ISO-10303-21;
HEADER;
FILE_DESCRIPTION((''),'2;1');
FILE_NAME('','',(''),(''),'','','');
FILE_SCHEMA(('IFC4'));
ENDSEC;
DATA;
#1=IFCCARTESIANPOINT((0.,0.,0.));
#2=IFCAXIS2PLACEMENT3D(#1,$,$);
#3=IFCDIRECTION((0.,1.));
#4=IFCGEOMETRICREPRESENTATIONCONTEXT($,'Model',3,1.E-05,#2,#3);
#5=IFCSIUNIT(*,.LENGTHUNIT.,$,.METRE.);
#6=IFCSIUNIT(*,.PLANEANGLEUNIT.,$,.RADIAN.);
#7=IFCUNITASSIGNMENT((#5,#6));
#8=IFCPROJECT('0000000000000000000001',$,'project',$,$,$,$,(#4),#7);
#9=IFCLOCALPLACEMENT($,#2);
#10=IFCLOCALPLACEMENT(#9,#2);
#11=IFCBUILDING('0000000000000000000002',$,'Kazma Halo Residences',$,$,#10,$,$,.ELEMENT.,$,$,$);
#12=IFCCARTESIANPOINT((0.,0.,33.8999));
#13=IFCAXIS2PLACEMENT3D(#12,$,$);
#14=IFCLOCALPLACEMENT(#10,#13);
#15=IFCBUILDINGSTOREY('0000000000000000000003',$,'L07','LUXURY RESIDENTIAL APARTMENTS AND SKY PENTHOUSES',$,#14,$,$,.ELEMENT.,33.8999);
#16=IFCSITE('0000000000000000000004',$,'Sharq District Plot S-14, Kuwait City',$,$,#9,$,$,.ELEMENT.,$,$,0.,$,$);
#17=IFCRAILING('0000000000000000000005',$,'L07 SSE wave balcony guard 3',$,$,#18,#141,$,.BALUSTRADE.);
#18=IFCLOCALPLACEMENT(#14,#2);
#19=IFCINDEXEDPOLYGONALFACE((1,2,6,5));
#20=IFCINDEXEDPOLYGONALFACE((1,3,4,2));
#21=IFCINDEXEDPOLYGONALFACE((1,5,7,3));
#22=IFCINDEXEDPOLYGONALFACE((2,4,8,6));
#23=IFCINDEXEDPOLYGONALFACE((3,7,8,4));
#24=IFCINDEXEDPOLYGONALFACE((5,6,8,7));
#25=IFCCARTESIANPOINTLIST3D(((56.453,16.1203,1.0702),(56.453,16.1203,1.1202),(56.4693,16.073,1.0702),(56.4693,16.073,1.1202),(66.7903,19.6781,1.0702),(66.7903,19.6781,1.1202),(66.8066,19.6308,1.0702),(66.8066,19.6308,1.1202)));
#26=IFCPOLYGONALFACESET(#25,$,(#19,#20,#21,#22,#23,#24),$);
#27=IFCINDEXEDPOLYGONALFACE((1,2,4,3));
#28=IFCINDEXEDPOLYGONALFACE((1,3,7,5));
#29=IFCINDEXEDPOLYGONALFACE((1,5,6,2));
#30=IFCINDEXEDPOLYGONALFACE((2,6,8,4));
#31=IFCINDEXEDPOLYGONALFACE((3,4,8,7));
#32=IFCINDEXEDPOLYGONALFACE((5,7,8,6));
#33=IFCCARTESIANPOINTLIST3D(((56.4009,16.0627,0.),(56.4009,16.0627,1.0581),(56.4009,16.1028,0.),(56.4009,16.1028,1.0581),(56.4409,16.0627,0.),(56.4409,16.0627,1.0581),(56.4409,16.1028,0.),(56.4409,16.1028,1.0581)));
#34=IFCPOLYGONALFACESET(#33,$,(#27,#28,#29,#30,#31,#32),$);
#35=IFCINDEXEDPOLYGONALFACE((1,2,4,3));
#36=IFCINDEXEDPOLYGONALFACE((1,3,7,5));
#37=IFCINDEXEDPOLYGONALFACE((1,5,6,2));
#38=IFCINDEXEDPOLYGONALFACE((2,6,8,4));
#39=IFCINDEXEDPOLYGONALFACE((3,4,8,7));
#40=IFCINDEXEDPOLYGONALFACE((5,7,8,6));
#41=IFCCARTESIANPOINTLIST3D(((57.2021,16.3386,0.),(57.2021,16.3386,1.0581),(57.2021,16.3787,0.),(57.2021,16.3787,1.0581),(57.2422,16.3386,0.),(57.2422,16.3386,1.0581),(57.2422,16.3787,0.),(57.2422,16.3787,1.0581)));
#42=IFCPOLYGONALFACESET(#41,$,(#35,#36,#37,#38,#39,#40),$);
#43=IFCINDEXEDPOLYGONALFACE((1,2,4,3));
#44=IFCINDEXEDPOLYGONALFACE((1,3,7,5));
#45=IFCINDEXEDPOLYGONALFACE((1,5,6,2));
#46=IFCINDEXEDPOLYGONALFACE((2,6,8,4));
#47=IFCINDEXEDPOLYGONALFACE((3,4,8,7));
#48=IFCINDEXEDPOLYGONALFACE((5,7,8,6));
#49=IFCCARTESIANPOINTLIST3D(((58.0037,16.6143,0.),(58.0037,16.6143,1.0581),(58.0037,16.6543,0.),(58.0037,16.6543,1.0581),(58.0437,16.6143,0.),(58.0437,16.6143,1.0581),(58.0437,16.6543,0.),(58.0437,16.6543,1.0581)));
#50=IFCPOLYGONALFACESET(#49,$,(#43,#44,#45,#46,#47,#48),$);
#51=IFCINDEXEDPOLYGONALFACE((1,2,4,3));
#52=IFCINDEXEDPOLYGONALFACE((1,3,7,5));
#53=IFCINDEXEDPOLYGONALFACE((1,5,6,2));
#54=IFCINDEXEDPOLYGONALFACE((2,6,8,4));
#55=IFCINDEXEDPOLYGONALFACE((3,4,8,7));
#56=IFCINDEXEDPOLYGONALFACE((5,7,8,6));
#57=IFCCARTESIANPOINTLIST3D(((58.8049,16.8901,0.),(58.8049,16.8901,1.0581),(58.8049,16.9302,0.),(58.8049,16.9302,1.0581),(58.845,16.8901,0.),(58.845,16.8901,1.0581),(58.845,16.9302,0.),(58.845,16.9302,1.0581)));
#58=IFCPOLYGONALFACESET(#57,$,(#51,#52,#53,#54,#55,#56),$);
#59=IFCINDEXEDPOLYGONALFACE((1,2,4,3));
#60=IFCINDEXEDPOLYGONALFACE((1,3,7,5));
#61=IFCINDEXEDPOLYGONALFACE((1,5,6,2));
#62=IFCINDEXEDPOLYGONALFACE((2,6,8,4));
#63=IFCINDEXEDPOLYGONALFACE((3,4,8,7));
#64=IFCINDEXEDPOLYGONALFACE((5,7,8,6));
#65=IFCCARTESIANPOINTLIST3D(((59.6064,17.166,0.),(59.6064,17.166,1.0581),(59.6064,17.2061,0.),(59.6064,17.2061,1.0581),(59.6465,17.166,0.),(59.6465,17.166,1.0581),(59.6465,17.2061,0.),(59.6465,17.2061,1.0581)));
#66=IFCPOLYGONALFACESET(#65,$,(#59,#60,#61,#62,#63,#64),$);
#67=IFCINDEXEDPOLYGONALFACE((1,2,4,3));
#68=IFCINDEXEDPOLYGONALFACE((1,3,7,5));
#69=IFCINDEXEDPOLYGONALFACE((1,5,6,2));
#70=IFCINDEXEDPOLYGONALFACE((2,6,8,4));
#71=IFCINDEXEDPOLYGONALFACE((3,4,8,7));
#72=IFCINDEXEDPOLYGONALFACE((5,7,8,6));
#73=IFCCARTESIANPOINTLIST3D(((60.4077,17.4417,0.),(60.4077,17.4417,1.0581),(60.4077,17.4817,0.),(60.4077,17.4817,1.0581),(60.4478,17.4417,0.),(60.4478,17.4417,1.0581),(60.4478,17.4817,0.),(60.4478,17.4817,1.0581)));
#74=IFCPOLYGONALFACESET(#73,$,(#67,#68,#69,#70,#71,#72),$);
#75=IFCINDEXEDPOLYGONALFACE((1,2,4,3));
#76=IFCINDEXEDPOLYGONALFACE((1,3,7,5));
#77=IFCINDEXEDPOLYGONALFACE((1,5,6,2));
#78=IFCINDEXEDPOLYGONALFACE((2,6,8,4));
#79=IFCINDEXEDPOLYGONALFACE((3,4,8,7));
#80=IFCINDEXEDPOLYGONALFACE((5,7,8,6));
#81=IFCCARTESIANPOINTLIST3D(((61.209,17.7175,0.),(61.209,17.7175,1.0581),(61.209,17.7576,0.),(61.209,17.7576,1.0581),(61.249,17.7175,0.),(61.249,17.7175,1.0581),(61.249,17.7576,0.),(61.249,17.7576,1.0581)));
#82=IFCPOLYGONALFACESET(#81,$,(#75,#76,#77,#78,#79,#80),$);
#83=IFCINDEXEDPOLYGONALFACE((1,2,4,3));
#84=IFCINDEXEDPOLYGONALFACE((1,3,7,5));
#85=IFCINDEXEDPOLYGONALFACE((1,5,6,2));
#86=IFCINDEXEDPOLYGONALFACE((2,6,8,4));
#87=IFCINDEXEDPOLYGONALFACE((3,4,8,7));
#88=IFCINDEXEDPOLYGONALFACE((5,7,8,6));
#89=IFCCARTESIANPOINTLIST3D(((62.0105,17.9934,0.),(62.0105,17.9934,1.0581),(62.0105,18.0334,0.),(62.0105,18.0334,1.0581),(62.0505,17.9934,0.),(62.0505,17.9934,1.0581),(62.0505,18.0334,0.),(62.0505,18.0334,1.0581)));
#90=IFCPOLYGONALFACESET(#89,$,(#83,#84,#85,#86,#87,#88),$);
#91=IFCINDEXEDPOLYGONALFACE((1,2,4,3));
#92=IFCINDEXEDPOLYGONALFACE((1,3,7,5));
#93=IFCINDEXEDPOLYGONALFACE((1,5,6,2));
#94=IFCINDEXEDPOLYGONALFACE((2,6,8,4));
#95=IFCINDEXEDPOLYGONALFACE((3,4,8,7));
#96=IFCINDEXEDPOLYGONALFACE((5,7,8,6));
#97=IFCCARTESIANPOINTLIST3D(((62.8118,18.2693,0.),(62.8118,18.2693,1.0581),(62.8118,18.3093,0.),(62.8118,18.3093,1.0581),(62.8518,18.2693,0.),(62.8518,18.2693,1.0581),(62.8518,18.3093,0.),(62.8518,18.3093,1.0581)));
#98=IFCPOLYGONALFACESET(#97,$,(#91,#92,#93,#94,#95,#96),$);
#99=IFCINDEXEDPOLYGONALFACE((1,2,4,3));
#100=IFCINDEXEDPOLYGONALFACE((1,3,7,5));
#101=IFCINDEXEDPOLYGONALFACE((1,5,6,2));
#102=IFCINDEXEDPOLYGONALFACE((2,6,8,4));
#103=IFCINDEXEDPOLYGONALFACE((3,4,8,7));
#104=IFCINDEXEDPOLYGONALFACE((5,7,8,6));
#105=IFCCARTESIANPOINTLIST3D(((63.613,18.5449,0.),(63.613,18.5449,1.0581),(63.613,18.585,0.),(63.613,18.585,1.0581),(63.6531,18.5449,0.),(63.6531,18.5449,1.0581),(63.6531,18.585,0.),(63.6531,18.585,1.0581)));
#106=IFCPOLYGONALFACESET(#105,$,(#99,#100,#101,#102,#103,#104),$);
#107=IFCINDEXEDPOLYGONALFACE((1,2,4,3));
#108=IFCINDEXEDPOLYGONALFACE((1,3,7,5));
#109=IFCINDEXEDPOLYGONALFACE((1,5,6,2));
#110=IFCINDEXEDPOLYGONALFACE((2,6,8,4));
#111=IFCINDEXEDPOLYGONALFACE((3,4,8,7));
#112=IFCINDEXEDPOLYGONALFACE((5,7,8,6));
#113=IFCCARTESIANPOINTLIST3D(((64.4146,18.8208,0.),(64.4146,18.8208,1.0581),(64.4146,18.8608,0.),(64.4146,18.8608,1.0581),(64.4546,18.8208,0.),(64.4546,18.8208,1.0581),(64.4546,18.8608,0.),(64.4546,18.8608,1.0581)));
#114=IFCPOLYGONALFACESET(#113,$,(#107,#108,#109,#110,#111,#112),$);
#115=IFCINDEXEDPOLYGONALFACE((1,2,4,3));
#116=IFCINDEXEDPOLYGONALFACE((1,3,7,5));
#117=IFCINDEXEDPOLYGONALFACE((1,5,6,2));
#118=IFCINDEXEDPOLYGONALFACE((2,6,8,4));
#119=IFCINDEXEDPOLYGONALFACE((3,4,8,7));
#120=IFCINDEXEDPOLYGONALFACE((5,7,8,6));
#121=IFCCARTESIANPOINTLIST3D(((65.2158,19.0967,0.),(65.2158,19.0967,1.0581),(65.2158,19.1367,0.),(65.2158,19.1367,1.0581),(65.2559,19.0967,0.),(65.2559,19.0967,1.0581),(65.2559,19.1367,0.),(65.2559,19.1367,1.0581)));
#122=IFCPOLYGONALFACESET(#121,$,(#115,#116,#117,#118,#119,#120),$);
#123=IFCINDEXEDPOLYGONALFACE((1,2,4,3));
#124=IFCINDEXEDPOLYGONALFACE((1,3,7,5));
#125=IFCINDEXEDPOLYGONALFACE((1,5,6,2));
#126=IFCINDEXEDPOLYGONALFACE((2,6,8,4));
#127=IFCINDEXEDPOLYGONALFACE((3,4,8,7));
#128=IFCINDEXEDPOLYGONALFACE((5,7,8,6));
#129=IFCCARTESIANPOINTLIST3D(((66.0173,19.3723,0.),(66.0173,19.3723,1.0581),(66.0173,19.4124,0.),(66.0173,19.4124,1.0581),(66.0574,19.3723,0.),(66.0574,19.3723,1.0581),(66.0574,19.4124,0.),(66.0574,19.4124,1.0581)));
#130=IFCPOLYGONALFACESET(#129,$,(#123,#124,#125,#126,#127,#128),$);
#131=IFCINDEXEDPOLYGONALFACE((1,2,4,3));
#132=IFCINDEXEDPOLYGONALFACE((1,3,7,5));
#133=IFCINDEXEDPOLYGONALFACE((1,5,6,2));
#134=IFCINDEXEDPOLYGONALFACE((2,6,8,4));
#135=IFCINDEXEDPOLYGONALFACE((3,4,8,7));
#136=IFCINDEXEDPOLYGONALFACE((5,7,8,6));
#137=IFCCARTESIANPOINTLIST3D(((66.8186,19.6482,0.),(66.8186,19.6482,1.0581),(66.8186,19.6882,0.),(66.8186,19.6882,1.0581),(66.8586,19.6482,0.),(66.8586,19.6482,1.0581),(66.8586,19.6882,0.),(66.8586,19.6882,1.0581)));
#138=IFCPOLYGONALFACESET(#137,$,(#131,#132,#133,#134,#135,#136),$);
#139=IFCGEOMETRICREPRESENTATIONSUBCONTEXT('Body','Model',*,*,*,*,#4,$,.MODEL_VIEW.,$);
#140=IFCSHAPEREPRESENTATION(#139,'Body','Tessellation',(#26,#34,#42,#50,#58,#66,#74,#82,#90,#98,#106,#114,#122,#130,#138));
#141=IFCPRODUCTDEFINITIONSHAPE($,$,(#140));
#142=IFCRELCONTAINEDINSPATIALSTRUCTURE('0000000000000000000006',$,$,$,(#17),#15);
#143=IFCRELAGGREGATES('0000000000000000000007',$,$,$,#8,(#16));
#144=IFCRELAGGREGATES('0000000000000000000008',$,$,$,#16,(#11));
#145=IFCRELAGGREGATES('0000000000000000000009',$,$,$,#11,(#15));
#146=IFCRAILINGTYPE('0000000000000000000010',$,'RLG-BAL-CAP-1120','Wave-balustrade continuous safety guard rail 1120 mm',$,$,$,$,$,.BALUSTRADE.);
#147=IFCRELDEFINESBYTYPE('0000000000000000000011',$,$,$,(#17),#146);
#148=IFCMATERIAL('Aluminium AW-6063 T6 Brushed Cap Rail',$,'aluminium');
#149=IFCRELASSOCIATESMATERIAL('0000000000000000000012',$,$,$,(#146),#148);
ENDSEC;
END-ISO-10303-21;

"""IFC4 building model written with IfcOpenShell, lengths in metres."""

from ifc_helpers import new_model, si_unit, direction, frame, origin, origin_2d, place, context, subcontext, project, spatial, rectangle, extrude, material, type_object, element, save


model = new_model("IFC4")

# Units and contexts
model_context = context("Model", 3, precision=1e-05, world=origin(), true_north=direction((0.0, 1.0)))
body_context = subcontext(model_context, "Body", "Model", "MODEL_VIEW")
ifc_project = project(units=[si_unit("LENGTHUNIT", "METRE"), si_unit("PLANEANGLEUNIT", "RADIAN")], contexts=[model_context])

# Site, building, storey
site_placement = place(None, origin())
site = spatial("IfcSite", under=ifc_project, at=site_placement, Name="Sharq District Plot S-14, Kuwait City", CompositionType="ELEMENT", RefElevation=0.0)
building_placement = place(site_placement, origin())
building = spatial("IfcBuilding", under=site, at=building_placement, Name="Kazma Halo Residences", CompositionType="ELEMENT")
storey_placement = place(building_placement, frame((0.0, 0.0, 33.8999)))
storey = spatial("IfcBuildingStorey", under=building, at=storey_placement, Name="L07", Description="LUXURY RESIDENTIAL APARTMENTS AND SKY PENTHOUSES", CompositionType="ELEMENT", Elevation=33.8999)

# Railing
ifc_material_1 = material(Name="Aluminium AW-6063 T6 Brushed Cap Rail", Category="aluminium")
railing_type = type_object("IfcRailingType", Name="RLG-BAL-CAP-1120", Description="Wave-balustrade continuous safety guard rail 1120 mm", PredefinedType="BALUSTRADE", material=ifc_material_1)
railing_placement = place(storey_placement, frame((56.4209, 16.0828, 0.0)))
element("IfcRailing", 1, at=railing_placement, inside=storey, type_object=railing_type, Name="L07 SSE wave balcony guard 3", PredefinedType="BALUSTRADE", context=body_context, shape_type="SweptSolid", body=[
    extrude(rectangle(XDim=0.05, YDim=0.05, at=origin_2d()), frame((0.0403, 0.0139, 1.0952), z_axis=(0.945565, 0.325433, 0.0), x_axis=(-0.325433, 0.945565, 0.0)), (0.0, 0.0, 1.0), 10.9324),
    extrude(rectangle(XDim=0.04, YDim=0.04, at=origin_2d()), origin(), (0.0, 0.0, 1.0), 1.0581),
    extrude(rectangle(XDim=0.04, YDim=0.04, at=origin_2d()), frame((0.8013, 0.2759, 0.0)), (0.0, 0.0, 1.0), 1.0581),
    extrude(rectangle(XDim=0.04, YDim=0.04, at=origin_2d()), frame((1.6028, 0.5515, 0.0)), (0.0, 0.0, 1.0), 1.0581),
    extrude(rectangle(XDim=0.04, YDim=0.04, at=origin_2d()), frame((2.4041, 0.8274, 0.0)), (0.0, 0.0, 1.0), 1.0581),
    extrude(rectangle(XDim=0.04, YDim=0.04, at=origin_2d()), frame((3.2056, 1.1033, 0.0)), (0.0, 0.0, 1.0), 1.0581),
    extrude(rectangle(XDim=0.04, YDim=0.04, at=origin_2d()), frame((4.0068, 1.3789, 0.0)), (0.0, 0.0, 1.0), 1.0581),
    extrude(rectangle(XDim=0.04, YDim=0.04, at=origin_2d()), frame((4.8081, 1.6548, 0.0)), (0.0, 0.0, 1.0), 1.0581),
    extrude(rectangle(XDim=0.04, YDim=0.04, at=origin_2d()), frame((5.6096, 1.9307, 0.0)), (0.0, 0.0, 1.0), 1.0581),
    extrude(rectangle(XDim=0.04, YDim=0.04, at=origin_2d()), frame((6.4109, 2.2065, 0.0)), (0.0, 0.0, 1.0), 1.0581),
    extrude(rectangle(XDim=0.04, YDim=0.04, at=origin_2d()), frame((7.2122, 2.4822, 0.0)), (0.0, 0.0, 1.0), 1.0581),
    extrude(rectangle(XDim=0.04, YDim=0.04, at=origin_2d()), frame((8.0137, 2.7581, 0.0)), (0.0, 0.0, 1.0), 1.0581),
    extrude(rectangle(XDim=0.04, YDim=0.04, at=origin_2d()), frame((8.8149, 3.0339, 0.0)), (0.0, 0.0, 1.0), 1.0581),
    extrude(rectangle(XDim=0.04, YDim=0.04, at=origin_2d()), frame((9.6165, 3.3096, 0.0)), (0.0, 0.0, 1.0), 1.0581),
    extrude(rectangle(XDim=0.04, YDim=0.04, at=origin_2d()), frame((10.4177, 3.5854, 0.0)), (0.0, 0.0, 1.0), 1.0581),
])

save(model, "model.ifc")
